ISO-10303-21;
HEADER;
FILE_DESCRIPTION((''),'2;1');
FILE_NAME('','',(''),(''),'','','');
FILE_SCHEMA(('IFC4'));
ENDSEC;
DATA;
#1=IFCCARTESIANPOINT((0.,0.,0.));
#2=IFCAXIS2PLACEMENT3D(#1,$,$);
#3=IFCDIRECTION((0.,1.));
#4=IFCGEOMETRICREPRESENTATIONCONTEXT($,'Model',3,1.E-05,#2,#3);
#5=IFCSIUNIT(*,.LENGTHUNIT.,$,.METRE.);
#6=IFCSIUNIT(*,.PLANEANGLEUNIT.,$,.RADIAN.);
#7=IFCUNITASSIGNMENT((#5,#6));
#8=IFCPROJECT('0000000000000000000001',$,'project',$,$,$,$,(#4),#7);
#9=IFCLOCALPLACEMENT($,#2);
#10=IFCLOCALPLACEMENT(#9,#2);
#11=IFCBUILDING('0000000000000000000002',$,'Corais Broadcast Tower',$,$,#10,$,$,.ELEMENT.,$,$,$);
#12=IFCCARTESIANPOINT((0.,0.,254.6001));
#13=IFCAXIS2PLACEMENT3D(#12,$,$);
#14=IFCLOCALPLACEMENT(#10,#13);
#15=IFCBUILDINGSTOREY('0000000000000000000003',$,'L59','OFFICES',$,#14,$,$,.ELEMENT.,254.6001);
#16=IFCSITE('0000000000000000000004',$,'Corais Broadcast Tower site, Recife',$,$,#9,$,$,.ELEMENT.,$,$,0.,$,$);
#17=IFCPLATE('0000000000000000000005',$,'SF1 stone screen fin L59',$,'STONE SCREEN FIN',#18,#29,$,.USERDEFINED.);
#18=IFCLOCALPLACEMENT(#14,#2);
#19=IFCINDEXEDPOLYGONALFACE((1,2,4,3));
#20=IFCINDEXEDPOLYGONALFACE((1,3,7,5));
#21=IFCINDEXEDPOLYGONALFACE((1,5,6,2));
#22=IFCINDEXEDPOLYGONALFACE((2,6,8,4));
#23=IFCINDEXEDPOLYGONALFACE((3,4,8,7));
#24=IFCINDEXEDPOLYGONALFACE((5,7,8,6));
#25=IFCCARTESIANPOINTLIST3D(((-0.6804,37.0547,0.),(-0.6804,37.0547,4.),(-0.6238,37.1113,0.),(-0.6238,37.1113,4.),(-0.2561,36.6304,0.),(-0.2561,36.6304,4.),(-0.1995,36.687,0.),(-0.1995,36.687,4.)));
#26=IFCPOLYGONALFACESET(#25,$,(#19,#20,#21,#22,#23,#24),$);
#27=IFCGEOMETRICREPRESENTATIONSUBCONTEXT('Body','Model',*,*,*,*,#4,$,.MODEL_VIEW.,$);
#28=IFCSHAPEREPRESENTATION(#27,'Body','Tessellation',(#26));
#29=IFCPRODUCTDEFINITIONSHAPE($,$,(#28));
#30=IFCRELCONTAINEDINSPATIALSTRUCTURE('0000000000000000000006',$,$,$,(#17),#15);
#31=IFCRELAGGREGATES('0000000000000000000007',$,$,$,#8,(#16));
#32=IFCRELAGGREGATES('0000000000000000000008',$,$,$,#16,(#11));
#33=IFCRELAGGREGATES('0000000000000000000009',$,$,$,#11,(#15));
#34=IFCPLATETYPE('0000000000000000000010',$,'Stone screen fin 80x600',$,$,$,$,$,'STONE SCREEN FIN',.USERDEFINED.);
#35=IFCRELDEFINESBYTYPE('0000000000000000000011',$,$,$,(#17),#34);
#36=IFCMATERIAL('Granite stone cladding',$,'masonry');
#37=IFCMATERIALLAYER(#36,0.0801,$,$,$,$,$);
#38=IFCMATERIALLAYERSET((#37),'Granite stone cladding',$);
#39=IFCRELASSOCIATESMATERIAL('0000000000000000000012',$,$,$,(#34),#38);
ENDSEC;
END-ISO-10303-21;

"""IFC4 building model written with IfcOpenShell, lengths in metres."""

from ifc_helpers import new_model, si_unit, direction, frame, origin, origin_2d, place, context, subcontext, project, spatial, rectangle, extrude, material, layer, layer_set, type_object, element, save


model = new_model("IFC4")

# Units and contexts
model_context = context("Model", 3, precision=1e-05, world=origin(), true_north=direction((0.0, 1.0)))
body_context = subcontext(model_context, "Body", "Model", "MODEL_VIEW")
ifc_project = project(units=[si_unit("LENGTHUNIT", "METRE"), si_unit("PLANEANGLEUNIT", "RADIAN")], contexts=[model_context])

# Site, building, storey
site_placement = place(None, origin())
site = spatial("IfcSite", under=ifc_project, at=site_placement, Name="Corais Broadcast Tower site, Recife", CompositionType="ELEMENT", RefElevation=0.0)
building_placement = place(site_placement, origin())
building = spatial("IfcBuilding", under=site, at=building_placement, Name="Corais Broadcast Tower", CompositionType="ELEMENT")
storey_placement = place(building_placement, frame((0.0, 0.0, 254.6001)))
storey = spatial("IfcBuildingStorey", under=building, at=storey_placement, Name="L59", Description="OFFICES", CompositionType="ELEMENT", Elevation=254.6001)

# Plate
ifc_material_1 = material(Name="Granite stone cladding", Category="masonry")
ifc_layer_1 = layer(ifc_material_1, 0.0801)
ifc_layer_set_1 = layer_set([ifc_layer_1], Name="Granite stone cladding")
plate_type_1 = type_object("IfcPlateType", Name="Stone screen fin 80x600", ElementType="STONE SCREEN FIN", PredefinedType="USERDEFINED", material=ifc_layer_set_1)
plate_1_placement = place(storey_placement, frame((-0.4399, 36.8708, 0.0), z_axis=(0.0, 0.0, 1.0), x_axis=(0.707107, 0.707107, 0.0)))
element("IfcPlate", 1, at=plate_1_placement, inside=storey, type_object=plate_type_1, Name="SF1 stone screen fin L59", ObjectType="STONE SCREEN FIN", PredefinedType="USERDEFINED", context=body_context, shape_type="SweptSolid", body=[
    extrude(rectangle(XDim=0.0801, YDim=0.6001, at=origin_2d()), origin(), (0.0, 0.0, 1.0), 4.0),
])

save(model, "model.ifc")
